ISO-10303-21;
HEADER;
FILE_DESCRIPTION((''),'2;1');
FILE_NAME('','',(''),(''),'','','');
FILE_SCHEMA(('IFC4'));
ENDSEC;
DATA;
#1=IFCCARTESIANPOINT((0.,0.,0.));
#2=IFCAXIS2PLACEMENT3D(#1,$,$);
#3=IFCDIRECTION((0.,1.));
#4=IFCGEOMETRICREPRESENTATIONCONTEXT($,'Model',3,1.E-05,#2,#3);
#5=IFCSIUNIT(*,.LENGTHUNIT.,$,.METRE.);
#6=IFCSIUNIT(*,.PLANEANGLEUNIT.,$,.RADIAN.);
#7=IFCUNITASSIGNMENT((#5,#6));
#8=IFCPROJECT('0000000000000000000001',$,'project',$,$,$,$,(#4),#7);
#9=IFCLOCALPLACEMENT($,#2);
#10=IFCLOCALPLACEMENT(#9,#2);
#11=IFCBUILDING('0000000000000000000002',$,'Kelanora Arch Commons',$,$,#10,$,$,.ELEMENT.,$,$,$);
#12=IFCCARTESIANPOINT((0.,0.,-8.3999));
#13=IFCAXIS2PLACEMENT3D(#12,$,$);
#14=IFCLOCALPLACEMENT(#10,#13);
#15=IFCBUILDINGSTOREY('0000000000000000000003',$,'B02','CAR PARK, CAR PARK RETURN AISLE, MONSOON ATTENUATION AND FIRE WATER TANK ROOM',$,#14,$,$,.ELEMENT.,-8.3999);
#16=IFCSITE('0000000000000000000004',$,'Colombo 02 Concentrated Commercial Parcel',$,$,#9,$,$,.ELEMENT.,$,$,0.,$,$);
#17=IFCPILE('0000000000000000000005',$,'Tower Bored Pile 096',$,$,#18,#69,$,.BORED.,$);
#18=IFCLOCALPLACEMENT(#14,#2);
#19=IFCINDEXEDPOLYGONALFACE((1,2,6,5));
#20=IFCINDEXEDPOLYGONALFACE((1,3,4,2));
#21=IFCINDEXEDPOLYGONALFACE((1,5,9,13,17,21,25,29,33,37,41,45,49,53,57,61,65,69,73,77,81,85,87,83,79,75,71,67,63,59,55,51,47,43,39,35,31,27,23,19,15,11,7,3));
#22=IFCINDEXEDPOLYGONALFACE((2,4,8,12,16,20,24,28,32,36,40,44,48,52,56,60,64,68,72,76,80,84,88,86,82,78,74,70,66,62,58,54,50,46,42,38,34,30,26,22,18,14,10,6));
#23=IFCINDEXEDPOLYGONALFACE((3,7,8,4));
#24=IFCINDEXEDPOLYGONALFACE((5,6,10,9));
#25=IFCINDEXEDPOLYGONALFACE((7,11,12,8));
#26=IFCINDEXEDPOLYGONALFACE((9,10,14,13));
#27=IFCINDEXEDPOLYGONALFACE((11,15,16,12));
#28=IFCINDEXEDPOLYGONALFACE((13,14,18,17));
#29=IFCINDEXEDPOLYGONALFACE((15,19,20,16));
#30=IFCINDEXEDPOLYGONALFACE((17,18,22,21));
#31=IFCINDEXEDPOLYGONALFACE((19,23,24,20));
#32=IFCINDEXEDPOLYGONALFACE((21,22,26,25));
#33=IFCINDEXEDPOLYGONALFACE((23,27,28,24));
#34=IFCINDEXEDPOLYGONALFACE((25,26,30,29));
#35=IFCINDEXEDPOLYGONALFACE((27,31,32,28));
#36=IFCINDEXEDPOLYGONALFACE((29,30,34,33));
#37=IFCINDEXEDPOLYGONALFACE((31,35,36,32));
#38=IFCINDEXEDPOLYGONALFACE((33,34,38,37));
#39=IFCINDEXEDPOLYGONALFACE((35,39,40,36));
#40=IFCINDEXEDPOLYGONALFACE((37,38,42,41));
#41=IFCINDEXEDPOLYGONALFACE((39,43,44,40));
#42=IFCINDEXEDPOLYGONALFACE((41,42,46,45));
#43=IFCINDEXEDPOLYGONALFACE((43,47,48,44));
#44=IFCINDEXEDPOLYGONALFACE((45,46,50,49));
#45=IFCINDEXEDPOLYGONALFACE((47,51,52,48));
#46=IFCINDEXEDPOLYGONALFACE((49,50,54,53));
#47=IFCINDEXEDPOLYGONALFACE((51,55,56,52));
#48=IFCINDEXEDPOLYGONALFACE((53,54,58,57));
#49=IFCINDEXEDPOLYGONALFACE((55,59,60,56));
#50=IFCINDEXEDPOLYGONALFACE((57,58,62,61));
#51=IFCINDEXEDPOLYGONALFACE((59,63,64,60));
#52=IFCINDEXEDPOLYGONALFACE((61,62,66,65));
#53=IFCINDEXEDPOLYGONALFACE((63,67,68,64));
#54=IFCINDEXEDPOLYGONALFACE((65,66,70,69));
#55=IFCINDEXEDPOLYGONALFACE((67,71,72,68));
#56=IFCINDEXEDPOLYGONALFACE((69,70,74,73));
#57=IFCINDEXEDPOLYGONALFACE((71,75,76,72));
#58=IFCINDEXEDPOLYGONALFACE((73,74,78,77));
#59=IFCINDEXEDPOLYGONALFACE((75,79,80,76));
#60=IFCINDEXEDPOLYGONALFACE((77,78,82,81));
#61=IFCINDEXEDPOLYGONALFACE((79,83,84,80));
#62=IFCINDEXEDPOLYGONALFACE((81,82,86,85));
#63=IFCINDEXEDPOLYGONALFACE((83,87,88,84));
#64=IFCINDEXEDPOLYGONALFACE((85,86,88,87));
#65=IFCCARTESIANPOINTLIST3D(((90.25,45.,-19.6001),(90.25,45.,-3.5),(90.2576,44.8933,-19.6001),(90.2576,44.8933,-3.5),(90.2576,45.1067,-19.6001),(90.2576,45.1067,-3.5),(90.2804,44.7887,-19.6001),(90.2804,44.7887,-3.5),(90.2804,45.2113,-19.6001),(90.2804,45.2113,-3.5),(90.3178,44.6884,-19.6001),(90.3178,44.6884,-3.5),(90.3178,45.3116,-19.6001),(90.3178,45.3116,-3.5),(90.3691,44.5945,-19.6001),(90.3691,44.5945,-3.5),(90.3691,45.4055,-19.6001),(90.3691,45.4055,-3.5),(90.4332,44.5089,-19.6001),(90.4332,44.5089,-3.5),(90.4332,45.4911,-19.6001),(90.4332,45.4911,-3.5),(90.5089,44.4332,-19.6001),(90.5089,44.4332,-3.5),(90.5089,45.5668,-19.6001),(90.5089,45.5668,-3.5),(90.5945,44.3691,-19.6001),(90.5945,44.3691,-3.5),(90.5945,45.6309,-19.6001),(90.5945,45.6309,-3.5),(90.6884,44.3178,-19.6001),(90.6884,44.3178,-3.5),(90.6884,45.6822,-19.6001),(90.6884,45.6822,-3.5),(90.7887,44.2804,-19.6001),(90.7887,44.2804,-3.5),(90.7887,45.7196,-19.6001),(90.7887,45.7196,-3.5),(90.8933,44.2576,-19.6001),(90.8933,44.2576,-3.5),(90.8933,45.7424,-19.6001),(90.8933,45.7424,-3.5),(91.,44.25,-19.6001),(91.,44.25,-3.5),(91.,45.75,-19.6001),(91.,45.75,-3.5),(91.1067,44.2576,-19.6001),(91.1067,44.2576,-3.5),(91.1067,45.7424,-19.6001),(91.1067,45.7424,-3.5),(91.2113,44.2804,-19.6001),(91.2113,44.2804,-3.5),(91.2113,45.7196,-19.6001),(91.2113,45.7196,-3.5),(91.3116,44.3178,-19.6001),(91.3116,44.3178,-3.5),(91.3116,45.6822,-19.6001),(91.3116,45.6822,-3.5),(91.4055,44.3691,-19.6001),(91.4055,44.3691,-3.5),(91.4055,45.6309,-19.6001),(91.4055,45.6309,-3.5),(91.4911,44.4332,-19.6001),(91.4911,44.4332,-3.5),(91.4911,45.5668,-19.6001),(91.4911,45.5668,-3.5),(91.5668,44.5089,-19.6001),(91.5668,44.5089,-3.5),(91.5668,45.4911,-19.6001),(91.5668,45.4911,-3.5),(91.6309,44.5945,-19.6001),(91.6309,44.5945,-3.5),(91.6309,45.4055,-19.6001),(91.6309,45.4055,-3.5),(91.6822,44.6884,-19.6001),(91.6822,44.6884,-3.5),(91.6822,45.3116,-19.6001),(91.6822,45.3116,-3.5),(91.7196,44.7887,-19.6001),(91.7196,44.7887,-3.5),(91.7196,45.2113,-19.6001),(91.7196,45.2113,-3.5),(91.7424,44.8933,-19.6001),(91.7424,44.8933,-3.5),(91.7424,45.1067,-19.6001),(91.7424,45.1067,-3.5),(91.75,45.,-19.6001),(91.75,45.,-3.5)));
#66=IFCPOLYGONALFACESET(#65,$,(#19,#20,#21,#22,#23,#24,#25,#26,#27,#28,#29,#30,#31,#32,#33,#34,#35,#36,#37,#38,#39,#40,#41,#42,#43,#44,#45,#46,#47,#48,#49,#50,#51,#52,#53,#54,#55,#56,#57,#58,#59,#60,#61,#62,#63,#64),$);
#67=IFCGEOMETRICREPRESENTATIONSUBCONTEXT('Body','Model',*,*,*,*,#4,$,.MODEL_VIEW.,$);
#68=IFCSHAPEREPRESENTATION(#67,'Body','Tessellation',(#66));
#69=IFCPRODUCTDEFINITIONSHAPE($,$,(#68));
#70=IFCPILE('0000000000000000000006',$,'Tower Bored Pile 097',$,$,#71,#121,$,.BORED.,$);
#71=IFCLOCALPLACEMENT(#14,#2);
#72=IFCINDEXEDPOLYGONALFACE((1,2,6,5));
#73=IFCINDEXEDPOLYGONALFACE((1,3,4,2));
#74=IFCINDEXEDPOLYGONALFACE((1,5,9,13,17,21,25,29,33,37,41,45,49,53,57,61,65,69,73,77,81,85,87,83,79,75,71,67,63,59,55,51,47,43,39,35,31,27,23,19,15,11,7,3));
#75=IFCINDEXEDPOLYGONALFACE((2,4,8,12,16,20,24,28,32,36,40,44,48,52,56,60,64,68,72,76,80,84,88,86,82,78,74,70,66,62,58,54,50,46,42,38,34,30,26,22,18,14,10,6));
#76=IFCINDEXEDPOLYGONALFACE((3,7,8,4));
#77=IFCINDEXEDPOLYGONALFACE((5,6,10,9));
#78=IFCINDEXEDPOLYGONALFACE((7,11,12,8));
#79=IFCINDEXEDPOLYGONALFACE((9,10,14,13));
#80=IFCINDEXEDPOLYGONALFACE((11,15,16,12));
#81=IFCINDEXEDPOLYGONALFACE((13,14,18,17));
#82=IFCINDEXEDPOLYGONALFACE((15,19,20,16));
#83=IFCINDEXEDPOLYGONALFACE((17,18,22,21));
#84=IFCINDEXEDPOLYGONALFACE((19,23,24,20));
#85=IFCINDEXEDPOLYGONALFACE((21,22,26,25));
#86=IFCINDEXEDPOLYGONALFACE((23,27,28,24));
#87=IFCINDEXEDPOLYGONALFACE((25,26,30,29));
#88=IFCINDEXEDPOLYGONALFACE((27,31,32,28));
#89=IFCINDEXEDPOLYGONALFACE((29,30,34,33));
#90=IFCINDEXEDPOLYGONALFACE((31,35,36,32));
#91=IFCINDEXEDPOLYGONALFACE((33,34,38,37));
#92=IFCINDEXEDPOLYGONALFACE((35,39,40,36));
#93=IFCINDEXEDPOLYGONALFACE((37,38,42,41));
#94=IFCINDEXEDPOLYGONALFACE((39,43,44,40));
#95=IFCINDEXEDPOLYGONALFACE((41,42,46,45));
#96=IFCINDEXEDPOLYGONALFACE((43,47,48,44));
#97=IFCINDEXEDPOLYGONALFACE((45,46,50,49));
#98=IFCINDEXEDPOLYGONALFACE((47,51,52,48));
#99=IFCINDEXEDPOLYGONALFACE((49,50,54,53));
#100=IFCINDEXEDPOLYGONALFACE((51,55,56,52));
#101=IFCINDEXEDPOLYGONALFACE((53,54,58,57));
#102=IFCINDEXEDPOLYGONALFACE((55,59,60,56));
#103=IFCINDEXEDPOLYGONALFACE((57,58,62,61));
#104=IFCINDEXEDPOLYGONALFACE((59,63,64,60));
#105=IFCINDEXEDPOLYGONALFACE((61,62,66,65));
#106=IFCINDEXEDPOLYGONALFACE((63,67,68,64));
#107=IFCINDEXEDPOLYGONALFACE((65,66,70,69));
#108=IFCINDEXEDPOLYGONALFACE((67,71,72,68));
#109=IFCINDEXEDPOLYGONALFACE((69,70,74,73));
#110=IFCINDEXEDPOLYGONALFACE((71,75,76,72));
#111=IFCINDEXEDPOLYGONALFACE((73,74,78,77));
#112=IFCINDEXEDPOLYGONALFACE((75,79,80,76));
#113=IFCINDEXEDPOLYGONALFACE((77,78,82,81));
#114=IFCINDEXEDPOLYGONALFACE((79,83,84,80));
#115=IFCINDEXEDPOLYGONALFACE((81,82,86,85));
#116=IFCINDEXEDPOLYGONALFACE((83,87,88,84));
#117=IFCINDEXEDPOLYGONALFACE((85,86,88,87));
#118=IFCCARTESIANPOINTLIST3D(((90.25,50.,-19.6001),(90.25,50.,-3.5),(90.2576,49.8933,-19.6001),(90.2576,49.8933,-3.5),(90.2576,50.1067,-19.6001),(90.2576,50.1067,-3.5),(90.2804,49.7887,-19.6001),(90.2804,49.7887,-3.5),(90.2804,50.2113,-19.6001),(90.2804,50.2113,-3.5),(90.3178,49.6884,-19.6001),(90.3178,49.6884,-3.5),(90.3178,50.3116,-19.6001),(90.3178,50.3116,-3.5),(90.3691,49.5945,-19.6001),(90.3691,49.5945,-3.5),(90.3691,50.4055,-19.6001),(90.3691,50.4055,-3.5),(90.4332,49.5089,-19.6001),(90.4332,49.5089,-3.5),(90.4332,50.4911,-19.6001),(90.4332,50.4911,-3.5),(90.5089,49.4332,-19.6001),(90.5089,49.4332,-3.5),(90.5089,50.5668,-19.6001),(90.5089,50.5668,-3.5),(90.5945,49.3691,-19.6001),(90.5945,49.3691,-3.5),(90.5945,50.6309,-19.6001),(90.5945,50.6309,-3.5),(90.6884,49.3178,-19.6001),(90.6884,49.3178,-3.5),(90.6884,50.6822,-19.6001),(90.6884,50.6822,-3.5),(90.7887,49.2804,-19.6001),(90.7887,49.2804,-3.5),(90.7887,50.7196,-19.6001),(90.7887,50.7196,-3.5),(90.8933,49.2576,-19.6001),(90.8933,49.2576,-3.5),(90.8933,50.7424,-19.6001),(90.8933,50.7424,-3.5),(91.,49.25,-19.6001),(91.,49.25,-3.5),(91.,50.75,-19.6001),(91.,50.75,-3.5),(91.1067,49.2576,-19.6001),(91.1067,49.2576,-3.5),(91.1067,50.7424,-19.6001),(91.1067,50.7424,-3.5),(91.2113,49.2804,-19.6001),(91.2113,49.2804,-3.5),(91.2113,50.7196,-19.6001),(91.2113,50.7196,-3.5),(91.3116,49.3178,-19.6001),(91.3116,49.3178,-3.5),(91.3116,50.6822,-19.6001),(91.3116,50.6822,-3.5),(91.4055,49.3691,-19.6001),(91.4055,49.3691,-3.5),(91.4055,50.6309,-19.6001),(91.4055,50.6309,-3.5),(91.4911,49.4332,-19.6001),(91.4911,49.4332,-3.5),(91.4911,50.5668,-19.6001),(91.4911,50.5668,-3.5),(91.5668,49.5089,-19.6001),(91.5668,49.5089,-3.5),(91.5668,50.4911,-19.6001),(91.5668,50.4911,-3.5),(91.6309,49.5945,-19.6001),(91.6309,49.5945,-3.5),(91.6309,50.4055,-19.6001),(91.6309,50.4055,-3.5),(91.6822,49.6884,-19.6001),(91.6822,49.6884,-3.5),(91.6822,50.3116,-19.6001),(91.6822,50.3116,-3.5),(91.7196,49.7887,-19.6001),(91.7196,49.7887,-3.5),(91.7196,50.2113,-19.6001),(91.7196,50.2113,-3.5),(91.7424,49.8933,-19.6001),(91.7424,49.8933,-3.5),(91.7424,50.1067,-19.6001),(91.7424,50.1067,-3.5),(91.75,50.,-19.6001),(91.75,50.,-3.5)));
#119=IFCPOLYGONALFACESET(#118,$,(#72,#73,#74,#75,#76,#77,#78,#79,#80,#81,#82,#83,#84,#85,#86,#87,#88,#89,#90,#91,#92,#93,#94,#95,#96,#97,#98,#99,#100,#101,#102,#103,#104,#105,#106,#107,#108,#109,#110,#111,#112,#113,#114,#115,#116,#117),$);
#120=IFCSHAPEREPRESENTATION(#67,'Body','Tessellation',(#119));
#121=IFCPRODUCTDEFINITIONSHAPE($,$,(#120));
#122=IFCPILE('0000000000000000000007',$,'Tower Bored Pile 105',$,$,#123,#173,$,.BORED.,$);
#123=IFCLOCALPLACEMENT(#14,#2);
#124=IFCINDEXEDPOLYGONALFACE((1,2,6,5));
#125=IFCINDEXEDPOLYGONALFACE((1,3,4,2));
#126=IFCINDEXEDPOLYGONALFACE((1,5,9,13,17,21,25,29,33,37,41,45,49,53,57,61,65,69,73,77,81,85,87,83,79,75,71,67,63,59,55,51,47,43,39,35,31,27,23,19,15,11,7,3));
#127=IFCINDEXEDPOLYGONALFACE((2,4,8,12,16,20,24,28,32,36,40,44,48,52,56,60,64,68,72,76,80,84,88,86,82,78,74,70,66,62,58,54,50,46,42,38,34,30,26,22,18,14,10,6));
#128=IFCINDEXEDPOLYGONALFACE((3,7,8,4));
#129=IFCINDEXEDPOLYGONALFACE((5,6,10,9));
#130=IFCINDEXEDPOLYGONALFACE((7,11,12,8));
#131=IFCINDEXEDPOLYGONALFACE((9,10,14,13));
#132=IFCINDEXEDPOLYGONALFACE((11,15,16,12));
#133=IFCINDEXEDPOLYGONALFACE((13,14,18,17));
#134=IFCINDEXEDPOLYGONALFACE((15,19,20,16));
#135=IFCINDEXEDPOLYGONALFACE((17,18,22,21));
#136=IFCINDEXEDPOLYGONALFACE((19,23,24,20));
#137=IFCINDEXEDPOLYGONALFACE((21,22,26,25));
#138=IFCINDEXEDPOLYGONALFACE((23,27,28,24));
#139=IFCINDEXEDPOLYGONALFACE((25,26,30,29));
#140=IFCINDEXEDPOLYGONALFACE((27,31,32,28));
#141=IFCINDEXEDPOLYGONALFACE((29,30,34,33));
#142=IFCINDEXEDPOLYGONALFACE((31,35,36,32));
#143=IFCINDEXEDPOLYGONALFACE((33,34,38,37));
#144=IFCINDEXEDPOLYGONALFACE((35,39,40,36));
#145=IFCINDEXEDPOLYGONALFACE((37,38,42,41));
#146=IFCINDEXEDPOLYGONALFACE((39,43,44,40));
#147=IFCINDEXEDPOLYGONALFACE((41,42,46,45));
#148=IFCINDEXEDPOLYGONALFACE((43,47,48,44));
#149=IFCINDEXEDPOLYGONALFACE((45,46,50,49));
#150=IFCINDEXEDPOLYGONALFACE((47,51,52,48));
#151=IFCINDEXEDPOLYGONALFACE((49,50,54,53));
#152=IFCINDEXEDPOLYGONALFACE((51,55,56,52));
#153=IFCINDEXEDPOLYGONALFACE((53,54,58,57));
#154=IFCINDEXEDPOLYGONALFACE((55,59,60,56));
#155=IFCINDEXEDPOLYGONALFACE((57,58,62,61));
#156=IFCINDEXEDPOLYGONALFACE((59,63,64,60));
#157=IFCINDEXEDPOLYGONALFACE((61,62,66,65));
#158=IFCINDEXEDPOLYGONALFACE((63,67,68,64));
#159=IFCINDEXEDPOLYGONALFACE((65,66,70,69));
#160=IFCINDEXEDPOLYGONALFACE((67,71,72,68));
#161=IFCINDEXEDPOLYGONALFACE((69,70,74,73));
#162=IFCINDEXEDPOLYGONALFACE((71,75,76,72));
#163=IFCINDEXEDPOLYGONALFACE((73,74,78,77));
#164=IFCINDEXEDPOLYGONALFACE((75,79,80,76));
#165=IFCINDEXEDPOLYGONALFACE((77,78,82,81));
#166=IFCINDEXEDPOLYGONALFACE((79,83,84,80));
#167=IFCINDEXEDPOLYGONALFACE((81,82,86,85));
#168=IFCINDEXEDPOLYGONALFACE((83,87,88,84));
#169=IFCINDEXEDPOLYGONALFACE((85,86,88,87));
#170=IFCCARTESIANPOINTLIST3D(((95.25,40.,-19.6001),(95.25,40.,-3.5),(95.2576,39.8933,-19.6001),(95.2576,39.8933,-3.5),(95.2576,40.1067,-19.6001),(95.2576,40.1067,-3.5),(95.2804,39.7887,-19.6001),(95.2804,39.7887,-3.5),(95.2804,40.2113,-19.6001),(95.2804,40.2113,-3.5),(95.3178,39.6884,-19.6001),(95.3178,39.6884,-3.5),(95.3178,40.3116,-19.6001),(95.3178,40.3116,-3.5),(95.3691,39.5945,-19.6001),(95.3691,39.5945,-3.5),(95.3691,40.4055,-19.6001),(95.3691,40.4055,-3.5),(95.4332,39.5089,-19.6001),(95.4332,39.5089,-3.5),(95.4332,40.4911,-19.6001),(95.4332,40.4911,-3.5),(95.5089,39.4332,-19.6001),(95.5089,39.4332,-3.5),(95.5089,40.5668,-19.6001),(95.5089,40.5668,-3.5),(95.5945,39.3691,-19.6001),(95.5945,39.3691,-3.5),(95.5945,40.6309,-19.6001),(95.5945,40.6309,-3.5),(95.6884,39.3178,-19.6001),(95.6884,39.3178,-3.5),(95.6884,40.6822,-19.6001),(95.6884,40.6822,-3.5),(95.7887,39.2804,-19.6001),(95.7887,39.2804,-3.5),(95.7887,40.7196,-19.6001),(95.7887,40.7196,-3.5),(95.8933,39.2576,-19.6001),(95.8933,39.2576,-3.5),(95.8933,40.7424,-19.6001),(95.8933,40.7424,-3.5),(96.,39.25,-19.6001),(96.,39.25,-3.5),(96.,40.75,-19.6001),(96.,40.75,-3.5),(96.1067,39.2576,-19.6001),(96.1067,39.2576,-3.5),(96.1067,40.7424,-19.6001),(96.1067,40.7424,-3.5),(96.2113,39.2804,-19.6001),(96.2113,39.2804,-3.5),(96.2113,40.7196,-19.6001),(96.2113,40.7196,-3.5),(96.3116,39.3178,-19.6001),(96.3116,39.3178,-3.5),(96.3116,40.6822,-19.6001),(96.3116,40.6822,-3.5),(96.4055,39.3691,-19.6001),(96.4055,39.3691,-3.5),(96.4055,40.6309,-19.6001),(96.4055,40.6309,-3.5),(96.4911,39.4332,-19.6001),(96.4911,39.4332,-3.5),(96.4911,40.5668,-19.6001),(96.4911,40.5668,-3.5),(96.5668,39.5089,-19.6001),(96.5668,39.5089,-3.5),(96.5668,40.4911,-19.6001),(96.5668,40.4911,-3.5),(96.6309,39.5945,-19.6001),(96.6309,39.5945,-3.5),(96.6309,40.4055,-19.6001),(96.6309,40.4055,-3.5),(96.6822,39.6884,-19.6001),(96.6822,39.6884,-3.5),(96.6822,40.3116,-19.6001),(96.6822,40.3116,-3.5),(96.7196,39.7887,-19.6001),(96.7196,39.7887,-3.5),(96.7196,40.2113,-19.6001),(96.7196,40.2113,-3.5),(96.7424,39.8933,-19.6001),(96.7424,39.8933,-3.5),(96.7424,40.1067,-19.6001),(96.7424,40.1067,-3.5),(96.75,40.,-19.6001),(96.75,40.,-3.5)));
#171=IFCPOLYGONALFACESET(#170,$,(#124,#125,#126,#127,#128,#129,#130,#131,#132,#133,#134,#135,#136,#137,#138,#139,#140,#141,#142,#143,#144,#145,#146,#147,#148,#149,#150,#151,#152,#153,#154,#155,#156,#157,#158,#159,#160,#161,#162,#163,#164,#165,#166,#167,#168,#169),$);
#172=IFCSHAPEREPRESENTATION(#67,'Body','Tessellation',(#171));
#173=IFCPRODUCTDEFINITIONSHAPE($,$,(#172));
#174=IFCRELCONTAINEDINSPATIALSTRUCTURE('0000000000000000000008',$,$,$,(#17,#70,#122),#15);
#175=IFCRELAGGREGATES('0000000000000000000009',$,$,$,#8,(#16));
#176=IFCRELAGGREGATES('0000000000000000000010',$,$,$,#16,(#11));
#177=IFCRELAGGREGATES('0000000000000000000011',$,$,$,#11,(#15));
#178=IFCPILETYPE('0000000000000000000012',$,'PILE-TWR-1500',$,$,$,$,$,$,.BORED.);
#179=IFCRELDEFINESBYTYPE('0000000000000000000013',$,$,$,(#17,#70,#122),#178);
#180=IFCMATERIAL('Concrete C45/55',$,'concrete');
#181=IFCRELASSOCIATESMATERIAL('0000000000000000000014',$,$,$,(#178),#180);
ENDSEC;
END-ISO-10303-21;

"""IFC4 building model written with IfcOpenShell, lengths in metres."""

from ifc_helpers import new_model, si_unit, direction, frame, origin, origin_2d, place, context, subcontext, project, spatial, circle, extrude, source, transform, mapped, material, material_profile, profile_set, type_object, element, save


model = new_model("IFC4")

# Units and contexts
model_context = context("Model", 3, precision=1e-05, world=origin(), true_north=direction((0.0, 1.0)))
body_context = subcontext(model_context, "Body", "Model", "MODEL_VIEW")
ifc_project = project(units=[si_unit("LENGTHUNIT", "METRE"), si_unit("PLANEANGLEUNIT", "RADIAN")], contexts=[model_context])

# Site, building, storey
site_placement = place(None, origin())
site = spatial("IfcSite", under=ifc_project, at=site_placement, Name="Colombo 02 Concentrated Commercial Parcel", CompositionType="ELEMENT", RefElevation=0.0)
building_placement = place(site_placement, origin())
building = spatial("IfcBuilding", under=site, at=building_placement, Name="Kelanora Arch Commons", CompositionType="ELEMENT")
storey_placement = place(building_placement, frame((0.0, 0.0, -8.3999)))
storey = spatial("IfcBuildingStorey", under=building, at=storey_placement, Name="B02", Description="CAR PARK, CAR PARK RETURN AISLE, MONSOON ATTENUATION AND FIRE WATER TANK ROOM", CompositionType="ELEMENT", Elevation=-8.3999)

# Piles
ifc_material_1 = material(Name="Concrete C45/55", Category="concrete")
ifc_material_profile_1 = material_profile(ifc_material_1, circle(Radius=0.75, at=origin_2d()), Name="PILE1500")
ifc_profile_set_1 = profile_set([ifc_material_profile_1], Name="Concrete C45/55")
pile_type = type_object("IfcPileType", Name="PILE-TWR-1500", PredefinedType="BORED", material=ifc_profile_set_1)
shared_shape = source(origin(), body_context, "Body", "SweptSolid", [
    extrude(circle(Radius=0.75, at=origin_2d()), origin(), (0.0, 0.0, 1.0), 16.1001),
])
for number, where, z_axis, x_axis, name in (
    (1, (91.0, 45.0, -3.5), (0.0, 0.0, -1.0), (1.0, 0.0, 0.0), "Tower Bored Pile 096"),
    (2, (91.0, 50.0, -3.5), (0.0, 0.0, -1.0), (1.0, 0.0, 0.0), "Tower Bored Pile 097"),
    (3, (96.0, 40.0, -3.5), (0.0, 0.0, -1.0), (1.0, 0.0, 0.0), "Tower Bored Pile 105"),
):
    element("IfcPile", number, at=place(storey_placement, frame(where, z_axis=z_axis, x_axis=x_axis)), inside=storey, type_object=pile_type, Name=name, PredefinedType="BORED", context=body_context, shape_type="MappedRepresentation", body=[
        mapped(shared_shape, transform((0.0, 0.0, 0.0), scale=1.0)),
    ])

save(model, "model.ifc")
